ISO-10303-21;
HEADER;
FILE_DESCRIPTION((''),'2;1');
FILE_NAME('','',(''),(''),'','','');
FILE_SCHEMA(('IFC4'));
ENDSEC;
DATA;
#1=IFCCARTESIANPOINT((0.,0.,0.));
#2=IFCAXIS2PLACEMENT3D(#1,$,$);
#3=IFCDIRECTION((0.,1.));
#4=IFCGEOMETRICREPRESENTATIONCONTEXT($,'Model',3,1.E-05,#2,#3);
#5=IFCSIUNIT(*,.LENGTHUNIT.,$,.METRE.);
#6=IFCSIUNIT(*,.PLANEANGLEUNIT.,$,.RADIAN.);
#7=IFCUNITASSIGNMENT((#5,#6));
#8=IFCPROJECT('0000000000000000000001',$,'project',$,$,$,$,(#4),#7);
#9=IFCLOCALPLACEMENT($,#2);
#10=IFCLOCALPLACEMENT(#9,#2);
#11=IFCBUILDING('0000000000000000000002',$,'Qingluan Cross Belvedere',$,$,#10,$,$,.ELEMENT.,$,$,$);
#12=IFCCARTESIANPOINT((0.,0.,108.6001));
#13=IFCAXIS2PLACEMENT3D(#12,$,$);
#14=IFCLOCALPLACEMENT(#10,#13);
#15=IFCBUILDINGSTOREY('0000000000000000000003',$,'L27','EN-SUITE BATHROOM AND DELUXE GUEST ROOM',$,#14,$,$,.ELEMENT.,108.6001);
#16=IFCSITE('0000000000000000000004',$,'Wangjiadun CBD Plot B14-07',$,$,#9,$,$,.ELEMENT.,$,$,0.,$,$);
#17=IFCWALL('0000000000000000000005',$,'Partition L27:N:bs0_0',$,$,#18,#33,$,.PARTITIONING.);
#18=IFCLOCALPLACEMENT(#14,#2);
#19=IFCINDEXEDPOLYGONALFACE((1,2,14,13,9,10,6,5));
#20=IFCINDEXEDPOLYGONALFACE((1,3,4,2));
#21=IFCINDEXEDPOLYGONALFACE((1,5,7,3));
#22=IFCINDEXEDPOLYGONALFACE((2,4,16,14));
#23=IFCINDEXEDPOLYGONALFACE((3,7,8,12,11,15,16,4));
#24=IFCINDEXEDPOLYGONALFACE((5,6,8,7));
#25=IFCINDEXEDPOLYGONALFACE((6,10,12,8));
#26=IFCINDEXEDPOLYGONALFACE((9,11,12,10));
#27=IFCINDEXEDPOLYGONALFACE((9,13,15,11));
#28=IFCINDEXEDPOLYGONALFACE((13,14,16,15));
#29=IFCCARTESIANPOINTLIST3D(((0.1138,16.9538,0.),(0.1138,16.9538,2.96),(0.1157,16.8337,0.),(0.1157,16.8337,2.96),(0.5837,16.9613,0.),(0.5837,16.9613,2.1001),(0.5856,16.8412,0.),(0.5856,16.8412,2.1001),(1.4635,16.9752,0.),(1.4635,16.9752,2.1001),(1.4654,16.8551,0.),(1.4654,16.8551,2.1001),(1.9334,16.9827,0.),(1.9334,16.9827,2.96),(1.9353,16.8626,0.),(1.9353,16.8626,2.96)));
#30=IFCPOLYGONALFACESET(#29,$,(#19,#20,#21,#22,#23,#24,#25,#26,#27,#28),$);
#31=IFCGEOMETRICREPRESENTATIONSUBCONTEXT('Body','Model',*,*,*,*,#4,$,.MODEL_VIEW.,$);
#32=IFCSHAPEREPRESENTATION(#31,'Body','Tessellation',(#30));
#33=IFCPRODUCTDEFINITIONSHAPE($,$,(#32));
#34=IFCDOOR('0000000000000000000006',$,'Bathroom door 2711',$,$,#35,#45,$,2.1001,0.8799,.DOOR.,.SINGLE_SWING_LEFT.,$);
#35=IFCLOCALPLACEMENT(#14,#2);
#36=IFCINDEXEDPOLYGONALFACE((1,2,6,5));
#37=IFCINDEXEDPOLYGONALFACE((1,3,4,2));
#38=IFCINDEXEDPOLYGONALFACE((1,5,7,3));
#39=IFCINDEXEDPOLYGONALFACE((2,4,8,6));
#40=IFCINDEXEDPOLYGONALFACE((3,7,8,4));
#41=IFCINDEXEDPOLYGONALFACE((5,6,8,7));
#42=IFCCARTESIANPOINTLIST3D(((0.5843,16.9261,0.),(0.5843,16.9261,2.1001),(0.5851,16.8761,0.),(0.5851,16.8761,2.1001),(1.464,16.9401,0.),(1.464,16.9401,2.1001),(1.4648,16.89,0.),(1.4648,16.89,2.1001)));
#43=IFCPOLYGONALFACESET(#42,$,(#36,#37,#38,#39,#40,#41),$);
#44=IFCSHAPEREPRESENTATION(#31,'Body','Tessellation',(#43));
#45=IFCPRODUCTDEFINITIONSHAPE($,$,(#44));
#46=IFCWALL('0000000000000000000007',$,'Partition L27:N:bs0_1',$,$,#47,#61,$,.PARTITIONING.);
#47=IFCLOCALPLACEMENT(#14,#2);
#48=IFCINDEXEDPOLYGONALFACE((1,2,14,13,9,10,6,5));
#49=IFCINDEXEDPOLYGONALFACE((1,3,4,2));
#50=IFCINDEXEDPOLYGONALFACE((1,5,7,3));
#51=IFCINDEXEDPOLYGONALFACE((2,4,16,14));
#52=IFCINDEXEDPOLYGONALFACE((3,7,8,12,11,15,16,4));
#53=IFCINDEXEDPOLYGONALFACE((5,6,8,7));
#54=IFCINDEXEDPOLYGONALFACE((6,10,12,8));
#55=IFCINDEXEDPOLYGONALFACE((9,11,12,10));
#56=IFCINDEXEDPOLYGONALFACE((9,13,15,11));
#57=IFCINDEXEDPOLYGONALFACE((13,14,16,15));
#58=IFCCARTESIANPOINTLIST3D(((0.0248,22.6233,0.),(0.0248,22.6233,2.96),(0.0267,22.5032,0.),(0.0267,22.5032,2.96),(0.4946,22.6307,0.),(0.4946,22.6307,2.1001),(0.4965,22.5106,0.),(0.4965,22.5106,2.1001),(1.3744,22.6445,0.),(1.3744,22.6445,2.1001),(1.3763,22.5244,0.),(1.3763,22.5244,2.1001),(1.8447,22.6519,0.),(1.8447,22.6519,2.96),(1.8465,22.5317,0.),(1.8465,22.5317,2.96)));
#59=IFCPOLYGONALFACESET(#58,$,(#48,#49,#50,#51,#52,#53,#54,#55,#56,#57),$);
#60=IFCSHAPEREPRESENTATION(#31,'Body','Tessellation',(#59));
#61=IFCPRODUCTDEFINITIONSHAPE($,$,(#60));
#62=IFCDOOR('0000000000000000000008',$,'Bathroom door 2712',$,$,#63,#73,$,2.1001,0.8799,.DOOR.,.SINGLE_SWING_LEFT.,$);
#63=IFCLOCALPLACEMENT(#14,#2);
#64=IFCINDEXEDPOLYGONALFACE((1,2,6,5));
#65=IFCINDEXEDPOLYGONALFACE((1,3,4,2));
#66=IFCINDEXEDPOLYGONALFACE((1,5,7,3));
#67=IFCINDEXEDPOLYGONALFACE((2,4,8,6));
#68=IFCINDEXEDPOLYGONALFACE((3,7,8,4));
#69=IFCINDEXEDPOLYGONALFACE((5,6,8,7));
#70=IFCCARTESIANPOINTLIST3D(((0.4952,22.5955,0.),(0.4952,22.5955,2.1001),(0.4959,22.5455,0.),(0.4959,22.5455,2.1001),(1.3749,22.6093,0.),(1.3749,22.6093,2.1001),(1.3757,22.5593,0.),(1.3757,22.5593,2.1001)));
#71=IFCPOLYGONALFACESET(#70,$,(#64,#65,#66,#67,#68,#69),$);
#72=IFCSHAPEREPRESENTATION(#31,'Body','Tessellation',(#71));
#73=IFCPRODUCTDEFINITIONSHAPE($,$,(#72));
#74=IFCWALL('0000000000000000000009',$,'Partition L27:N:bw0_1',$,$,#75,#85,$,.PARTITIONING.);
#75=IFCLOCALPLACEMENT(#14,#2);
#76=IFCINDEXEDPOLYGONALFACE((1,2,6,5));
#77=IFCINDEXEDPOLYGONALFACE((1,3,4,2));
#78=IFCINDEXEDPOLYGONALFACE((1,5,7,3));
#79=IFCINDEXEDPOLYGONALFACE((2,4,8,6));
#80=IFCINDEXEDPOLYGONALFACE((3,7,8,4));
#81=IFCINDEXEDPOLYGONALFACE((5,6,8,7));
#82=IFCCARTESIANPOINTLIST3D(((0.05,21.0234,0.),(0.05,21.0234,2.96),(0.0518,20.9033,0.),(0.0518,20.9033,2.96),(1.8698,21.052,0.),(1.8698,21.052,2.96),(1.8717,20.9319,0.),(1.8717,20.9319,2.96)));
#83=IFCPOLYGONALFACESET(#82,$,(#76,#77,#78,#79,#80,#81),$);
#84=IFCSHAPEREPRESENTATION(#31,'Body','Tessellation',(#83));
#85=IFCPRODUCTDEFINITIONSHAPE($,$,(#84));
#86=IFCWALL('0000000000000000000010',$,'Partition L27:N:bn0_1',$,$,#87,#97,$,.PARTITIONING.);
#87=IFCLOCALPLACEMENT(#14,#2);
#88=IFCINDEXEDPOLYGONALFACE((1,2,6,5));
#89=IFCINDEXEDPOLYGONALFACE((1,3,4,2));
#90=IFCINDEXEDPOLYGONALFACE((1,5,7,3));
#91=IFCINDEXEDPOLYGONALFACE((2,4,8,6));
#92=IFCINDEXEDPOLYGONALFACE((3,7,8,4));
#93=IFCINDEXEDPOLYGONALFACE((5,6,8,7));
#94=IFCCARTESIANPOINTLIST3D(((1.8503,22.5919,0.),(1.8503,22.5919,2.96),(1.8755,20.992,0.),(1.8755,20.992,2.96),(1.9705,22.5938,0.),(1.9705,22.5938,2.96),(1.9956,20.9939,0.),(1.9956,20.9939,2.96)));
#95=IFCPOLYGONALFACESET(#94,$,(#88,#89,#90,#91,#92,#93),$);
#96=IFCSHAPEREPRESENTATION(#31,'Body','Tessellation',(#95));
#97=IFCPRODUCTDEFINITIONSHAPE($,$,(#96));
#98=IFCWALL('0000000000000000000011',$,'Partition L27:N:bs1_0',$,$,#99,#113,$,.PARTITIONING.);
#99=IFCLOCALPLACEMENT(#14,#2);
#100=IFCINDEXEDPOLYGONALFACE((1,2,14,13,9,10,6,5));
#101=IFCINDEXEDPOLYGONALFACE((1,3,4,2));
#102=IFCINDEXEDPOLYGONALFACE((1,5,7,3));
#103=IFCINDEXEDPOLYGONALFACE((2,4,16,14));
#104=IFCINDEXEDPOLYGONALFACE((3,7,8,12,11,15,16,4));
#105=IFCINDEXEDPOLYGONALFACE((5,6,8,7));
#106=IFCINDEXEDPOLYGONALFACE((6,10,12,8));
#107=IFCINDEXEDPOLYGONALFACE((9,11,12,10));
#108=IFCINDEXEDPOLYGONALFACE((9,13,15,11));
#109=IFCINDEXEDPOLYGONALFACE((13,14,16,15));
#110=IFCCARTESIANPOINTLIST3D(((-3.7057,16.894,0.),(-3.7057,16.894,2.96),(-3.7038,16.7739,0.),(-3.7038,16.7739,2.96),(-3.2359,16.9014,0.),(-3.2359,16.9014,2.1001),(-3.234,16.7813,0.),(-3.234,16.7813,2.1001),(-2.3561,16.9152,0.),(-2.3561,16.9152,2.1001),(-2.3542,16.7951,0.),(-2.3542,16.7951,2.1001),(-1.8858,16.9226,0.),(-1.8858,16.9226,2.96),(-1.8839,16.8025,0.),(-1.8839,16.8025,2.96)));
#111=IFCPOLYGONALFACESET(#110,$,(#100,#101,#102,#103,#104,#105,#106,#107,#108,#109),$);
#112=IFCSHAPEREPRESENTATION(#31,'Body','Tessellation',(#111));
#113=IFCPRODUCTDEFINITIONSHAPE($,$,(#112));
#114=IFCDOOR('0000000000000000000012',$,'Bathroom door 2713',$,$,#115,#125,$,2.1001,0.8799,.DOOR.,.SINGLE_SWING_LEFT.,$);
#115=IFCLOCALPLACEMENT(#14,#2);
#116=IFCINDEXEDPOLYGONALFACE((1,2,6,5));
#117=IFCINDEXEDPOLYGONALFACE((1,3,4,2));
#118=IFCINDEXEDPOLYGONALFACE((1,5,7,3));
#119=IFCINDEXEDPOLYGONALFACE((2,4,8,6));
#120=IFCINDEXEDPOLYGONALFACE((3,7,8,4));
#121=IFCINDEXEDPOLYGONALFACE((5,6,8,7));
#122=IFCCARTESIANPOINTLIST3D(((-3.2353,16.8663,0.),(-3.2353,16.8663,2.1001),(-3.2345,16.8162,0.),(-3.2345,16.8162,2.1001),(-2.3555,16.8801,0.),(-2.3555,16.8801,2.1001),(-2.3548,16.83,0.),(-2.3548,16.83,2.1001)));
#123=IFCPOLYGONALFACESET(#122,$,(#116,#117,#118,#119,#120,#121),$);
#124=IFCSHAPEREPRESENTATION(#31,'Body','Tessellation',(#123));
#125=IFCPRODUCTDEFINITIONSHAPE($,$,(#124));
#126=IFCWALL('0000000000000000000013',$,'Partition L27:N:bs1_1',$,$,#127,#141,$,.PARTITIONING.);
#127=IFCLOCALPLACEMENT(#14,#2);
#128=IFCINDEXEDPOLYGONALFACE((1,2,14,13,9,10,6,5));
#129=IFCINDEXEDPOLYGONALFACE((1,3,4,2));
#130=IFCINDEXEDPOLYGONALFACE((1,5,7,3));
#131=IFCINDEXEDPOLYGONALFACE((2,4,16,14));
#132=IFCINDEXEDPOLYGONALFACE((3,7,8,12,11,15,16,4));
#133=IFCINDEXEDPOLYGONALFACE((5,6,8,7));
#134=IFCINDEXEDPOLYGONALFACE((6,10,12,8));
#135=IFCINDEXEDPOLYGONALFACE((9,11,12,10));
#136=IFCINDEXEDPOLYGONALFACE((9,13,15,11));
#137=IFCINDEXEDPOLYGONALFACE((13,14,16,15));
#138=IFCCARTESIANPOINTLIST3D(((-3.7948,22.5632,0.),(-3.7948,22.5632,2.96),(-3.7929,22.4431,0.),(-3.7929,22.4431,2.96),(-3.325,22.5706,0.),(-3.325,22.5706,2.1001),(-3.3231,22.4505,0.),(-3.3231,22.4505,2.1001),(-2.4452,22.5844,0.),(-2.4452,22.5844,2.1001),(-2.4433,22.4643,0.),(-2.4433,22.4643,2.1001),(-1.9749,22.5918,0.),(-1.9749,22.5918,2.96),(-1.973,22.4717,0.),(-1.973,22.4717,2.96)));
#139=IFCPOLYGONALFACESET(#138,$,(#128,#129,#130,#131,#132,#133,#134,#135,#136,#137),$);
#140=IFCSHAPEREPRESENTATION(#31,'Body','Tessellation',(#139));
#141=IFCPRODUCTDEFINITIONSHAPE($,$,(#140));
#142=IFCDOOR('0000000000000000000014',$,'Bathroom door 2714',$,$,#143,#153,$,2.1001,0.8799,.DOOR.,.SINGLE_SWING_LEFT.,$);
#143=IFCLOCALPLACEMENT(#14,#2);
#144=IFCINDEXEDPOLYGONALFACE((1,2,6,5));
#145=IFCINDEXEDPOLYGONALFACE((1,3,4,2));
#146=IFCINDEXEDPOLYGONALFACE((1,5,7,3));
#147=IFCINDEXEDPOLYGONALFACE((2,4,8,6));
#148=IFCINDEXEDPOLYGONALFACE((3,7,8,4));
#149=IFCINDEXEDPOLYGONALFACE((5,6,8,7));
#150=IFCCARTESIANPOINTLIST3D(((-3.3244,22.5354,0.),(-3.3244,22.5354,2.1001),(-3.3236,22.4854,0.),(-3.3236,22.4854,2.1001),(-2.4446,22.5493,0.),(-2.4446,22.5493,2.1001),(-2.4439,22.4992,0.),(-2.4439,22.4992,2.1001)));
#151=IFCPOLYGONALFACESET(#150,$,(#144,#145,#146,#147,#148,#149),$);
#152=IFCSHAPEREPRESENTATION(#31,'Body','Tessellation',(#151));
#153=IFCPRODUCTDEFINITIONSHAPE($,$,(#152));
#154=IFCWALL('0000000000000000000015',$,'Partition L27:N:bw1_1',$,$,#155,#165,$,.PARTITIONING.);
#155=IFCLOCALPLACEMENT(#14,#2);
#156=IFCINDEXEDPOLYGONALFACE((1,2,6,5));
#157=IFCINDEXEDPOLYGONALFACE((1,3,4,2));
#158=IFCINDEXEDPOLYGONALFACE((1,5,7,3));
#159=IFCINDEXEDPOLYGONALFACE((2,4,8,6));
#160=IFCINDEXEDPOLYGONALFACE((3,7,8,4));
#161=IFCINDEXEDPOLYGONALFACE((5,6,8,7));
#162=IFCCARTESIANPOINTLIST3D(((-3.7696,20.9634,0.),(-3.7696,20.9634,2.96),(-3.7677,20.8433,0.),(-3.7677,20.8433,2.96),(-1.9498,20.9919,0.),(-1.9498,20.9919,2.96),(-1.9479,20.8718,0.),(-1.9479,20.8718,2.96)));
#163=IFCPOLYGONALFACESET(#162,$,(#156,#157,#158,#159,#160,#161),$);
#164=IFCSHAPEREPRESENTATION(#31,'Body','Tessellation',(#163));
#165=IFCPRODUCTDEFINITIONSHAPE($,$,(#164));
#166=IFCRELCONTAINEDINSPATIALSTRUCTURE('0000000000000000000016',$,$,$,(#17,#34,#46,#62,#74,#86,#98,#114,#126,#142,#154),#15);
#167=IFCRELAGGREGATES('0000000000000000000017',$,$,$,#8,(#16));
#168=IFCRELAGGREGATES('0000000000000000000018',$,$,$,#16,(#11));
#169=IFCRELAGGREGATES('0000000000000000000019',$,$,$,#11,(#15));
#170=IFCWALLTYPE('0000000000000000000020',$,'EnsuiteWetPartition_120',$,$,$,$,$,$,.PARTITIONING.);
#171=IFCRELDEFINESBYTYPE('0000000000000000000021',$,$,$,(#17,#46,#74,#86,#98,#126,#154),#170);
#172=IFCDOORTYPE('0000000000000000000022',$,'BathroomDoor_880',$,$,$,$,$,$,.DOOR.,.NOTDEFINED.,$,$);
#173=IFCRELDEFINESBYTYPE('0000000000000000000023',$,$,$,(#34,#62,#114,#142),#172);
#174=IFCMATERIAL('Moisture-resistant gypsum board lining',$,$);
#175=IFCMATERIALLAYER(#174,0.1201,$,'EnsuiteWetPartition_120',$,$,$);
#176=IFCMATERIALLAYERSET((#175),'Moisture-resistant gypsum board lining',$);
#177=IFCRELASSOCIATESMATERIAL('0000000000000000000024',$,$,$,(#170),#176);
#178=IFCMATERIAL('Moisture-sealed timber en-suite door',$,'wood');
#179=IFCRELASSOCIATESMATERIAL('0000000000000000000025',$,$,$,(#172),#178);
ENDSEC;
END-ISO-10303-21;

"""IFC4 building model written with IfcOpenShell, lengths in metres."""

from ifc_helpers import new_model, si_unit, direction, frame, frame_2d, origin, place, context, subcontext, project, spatial, rectangle, extrude, material, layer, layer_set, type_object, element, fill, save


model = new_model("IFC4")

# Units and contexts
model_context = context("Model", 3, precision=1e-05, world=origin(), true_north=direction((0.0, 1.0)))
body_context = subcontext(model_context, "Body", "Model", "MODEL_VIEW")
ifc_project = project(units=[si_unit("LENGTHUNIT", "METRE"), si_unit("PLANEANGLEUNIT", "RADIAN")], contexts=[model_context])

# Site, building, storey
site_placement = place(None, origin())
site = spatial("IfcSite", under=ifc_project, at=site_placement, Name="Wangjiadun CBD Plot B14-07", CompositionType="ELEMENT", RefElevation=0.0)
building_placement = place(site_placement, origin())
building = spatial("IfcBuilding", under=site, at=building_placement, Name="Qingluan Cross Belvedere", CompositionType="ELEMENT")
storey_placement = place(building_placement, frame((0.0, 0.0, 108.6001)))
storey = spatial("IfcBuildingStorey", under=building, at=storey_placement, Name="L27", Description="EN-SUITE BATHROOM AND DELUXE GUEST ROOM", CompositionType="ELEMENT", Elevation=108.6001)

# Walls, openings, doors
ifc_material_1 = material(Name="Moisture-resistant gypsum board lining")
ifc_layer_1 = layer(ifc_material_1, 0.1201, Name="EnsuiteWetPartition_120")
ifc_layer_set_1 = layer_set([ifc_layer_1], Name="Moisture-resistant gypsum board lining")
wall_type_1 = type_object("IfcWallType", Name="EnsuiteWetPartition_120", PredefinedType="PARTITIONING", material=ifc_layer_set_1)
wall_1_placement = place(storey_placement, frame((0.1147, 16.8938, 0.0), z_axis=(0.0, 0.0, 1.0), x_axis=(0.999875, 0.015831, 0.0)))
wall_1 = element("IfcWall", 1, at=wall_1_placement, inside=storey, type_object=wall_type_1, Name="Partition L27:N:bs0_0", PredefinedType="PARTITIONING", context=body_context, shape_type="SweptSolid", body=[
    extrude(rectangle(XDim=1.8198, YDim=0.1201, at=frame_2d((0.9099, 0.0))), origin(), (0.0, 0.0, 1.0), 2.96),
])
opening_1_placement = place(wall_1_placement, frame((0.47, 0.0, 0.0)))
opening_1 = element("IfcOpeningElement", 2, at=opening_1_placement, cuts=wall_1, PredefinedType="OPENING", context=body_context, shape_type="SweptSolid", body=[
    extrude(rectangle(XDim=0.8799, YDim=2.1001, at=frame_2d((0.4399, 1.05))), frame((0.0, 0.0701, 0.0), z_axis=(0.0, -1.0, 0.0), x_axis=(1.0, 0.0, 0.0)), (0.0, 0.0, 1.0), 0.1401),
])
ifc_material_2 = material(Name="Moisture-sealed timber en-suite door", Category="wood")
door_type = type_object("IfcDoorType", Name="BathroomDoor_880", OperationType="NOTDEFINED", PredefinedType="DOOR", material=ifc_material_2)
door_1_placement = place(opening_1_placement, origin())
door_1 = element("IfcDoor", 3, at=door_1_placement, inside=storey, type_object=door_type, Name="Bathroom door 2711", OperationType="SINGLE_SWING_LEFT", OverallHeight=2.1001, OverallWidth=0.8799, PredefinedType="DOOR", context=body_context, shape_type="SweptSolid", body=[
    extrude(rectangle(XDim=0.8799, YDim=2.1001, at=frame_2d((0.4399, 1.05))), frame((0.0, 0.0249, 0.0), z_axis=(0.0, -1.0, 0.0), x_axis=(1.0, 0.0, 0.0)), (0.0, 0.0, 1.0), 0.05),
])
fill(opening_1, door_1)
wall_2_placement = place(storey_placement, frame((0.0256, 22.5632, 0.0), z_axis=(0.0, 0.0, 1.0), x_axis=(0.999877, 0.015694, 0.0)))
wall_2 = element("IfcWall", 4, at=wall_2_placement, inside=storey, type_object=wall_type_1, Name="Partition L27:N:bs0_1", PredefinedType="PARTITIONING", context=body_context, shape_type="SweptSolid", body=[
    extrude(rectangle(XDim=1.8201, YDim=0.1201, at=frame_2d((0.9102, 0.0))), origin(), (0.0, 0.0, 1.0), 2.96),
])
opening_2_placement = place(wall_2_placement, frame((0.47, 0.0, 0.0)))
opening_2 = element("IfcOpeningElement", 5, at=opening_2_placement, cuts=wall_2, PredefinedType="OPENING", context=body_context, shape_type="SweptSolid", body=[
    extrude(rectangle(XDim=0.8799, YDim=2.1001, at=frame_2d((0.4399, 1.05))), frame((0.0, 0.0701, 0.0), z_axis=(0.0, -1.0, 0.0), x_axis=(1.0, 0.0, 0.0)), (0.0, 0.0, 1.0), 0.1401),
])
door_2_placement = place(opening_2_placement, origin())
door_2 = element("IfcDoor", 6, at=door_2_placement, inside=storey, type_object=door_type, Name="Bathroom door 2712", OperationType="SINGLE_SWING_LEFT", OverallHeight=2.1001, OverallWidth=0.8799, PredefinedType="DOOR", context=body_context, shape_type="SweptSolid", body=[
    extrude(rectangle(XDim=0.8799, YDim=2.1001, at=frame_2d((0.4399, 1.05))), frame((0.0, 0.0249, 0.0), z_axis=(0.0, -1.0, 0.0), x_axis=(1.0, 0.0, 0.0)), (0.0, 0.0, 1.0), 0.05),
])
fill(opening_2, door_2)

# Walls
wall_3_placement = place(storey_placement, frame((0.0508, 20.9634, 0.0), z_axis=(0.0, 0.0, 1.0), x_axis=(0.999877, 0.015694, 0.0)))
element("IfcWall", 7, at=wall_3_placement, inside=storey, type_object=wall_type_1, Name="Partition L27:N:bw0_1", PredefinedType="PARTITIONING", context=body_context, shape_type="SweptSolid", body=[
    extrude(rectangle(XDim=1.8201, YDim=0.1201, at=frame_2d((0.9102, 0.0))), origin(), (0.0, 0.0, 1.0), 2.96),
])
wall_4_placement = place(storey_placement, frame((1.9355, 20.9929, 0.0), z_axis=(0.0, 0.0, 1.0), x_axis=(-0.015716, 0.999876, 0.0)))
element("IfcWall", 8, at=wall_4_placement, inside=storey, type_object=wall_type_1, Name="Partition L27:N:bn0_1", PredefinedType="PARTITIONING", context=body_context, shape_type="SweptSolid", body=[
    extrude(rectangle(XDim=1.6001, YDim=0.1201, at=frame_2d((0.8, 0.0))), origin(), (0.0, 0.0, 1.0), 2.96),
])

# Walls, openings, doors
wall_5_placement = place(storey_placement, frame((-3.7048, 16.834, 0.0), z_axis=(0.0, 0.0, 1.0), x_axis=(0.999877, 0.015694, 0.0)))
wall_5 = element("IfcWall", 9, at=wall_5_placement, inside=storey, type_object=wall_type_1, Name="Partition L27:N:bs1_0", PredefinedType="PARTITIONING", context=body_context, shape_type="SweptSolid", body=[
    extrude(rectangle(XDim=1.8201, YDim=0.1201, at=frame_2d((0.9102, 0.0))), origin(), (0.0, 0.0, 1.0), 2.96),
])
opening_3_placement = place(wall_5_placement, frame((0.47, 0.0, 0.0)))
opening_3 = element("IfcOpeningElement", 10, at=opening_3_placement, cuts=wall_5, PredefinedType="OPENING", context=body_context, shape_type="SweptSolid", body=[
    extrude(rectangle(XDim=0.8799, YDim=2.1001, at=frame_2d((0.4399, 1.05))), frame((0.0, 0.0701, 0.0), z_axis=(0.0, -1.0, 0.0), x_axis=(1.0, 0.0, 0.0)), (0.0, 0.0, 1.0), 0.1401),
])
door_3_placement = place(opening_3_placement, origin())
door_3 = element("IfcDoor", 11, at=door_3_placement, inside=storey, type_object=door_type, Name="Bathroom door 2713", OperationType="SINGLE_SWING_LEFT", OverallHeight=2.1001, OverallWidth=0.8799, PredefinedType="DOOR", context=body_context, shape_type="SweptSolid", body=[
    extrude(rectangle(XDim=0.8799, YDim=2.1001, at=frame_2d((0.4399, 1.05))), frame((0.0, 0.0249, 0.0), z_axis=(0.0, -1.0, 0.0), x_axis=(1.0, 0.0, 0.0)), (0.0, 0.0, 1.0), 0.05),
])
fill(opening_3, door_3)
wall_6_placement = place(storey_placement, frame((-3.7939, 22.5032, 0.0), z_axis=(0.0, 0.0, 1.0), x_axis=(0.999877, 0.015694, 0.0)))
wall_6 = element("IfcWall", 12, at=wall_6_placement, inside=storey, type_object=wall_type_1, Name="Partition L27:N:bs1_1", PredefinedType="PARTITIONING", context=body_context, shape_type="SweptSolid", body=[
    extrude(rectangle(XDim=1.8201, YDim=0.1201, at=frame_2d((0.9102, 0.0))), origin(), (0.0, 0.0, 1.0), 2.96),
])
opening_4_placement = place(wall_6_placement, frame((0.47, 0.0, 0.0)))
opening_4 = element("IfcOpeningElement", 13, at=opening_4_placement, cuts=wall_6, PredefinedType="OPENING", context=body_context, shape_type="SweptSolid", body=[
    extrude(rectangle(XDim=0.8799, YDim=2.1001, at=frame_2d((0.4399, 1.05))), frame((0.0, 0.0701, 0.0), z_axis=(0.0, -1.0, 0.0), x_axis=(1.0, 0.0, 0.0)), (0.0, 0.0, 1.0), 0.1401),
])
door_4_placement = place(opening_4_placement, origin())
door_4 = element("IfcDoor", 14, at=door_4_placement, inside=storey, type_object=door_type, Name="Bathroom door 2714", OperationType="SINGLE_SWING_LEFT", OverallHeight=2.1001, OverallWidth=0.8799, PredefinedType="DOOR", context=body_context, shape_type="SweptSolid", body=[
    extrude(rectangle(XDim=0.8799, YDim=2.1001, at=frame_2d((0.4399, 1.05))), frame((0.0, 0.0249, 0.0), z_axis=(0.0, -1.0, 0.0), x_axis=(1.0, 0.0, 0.0)), (0.0, 0.0, 1.0), 0.05),
])
fill(opening_4, door_4)

# Wall
wall_7_placement = place(storey_placement, frame((-3.7688, 20.9033, 0.0), z_axis=(0.0, 0.0, 1.0), x_axis=(0.999877, 0.015694, 0.0)))
element("IfcWall", 15, at=wall_7_placement, inside=storey, type_object=wall_type_1, Name="Partition L27:N:bw1_1", PredefinedType="PARTITIONING", context=body_context, shape_type="SweptSolid", body=[
    extrude(rectangle(XDim=1.8201, YDim=0.1201, at=frame_2d((0.9102, 0.0))), origin(), (0.0, 0.0, 1.0), 2.96),
])

save(model, "model.ifc")
